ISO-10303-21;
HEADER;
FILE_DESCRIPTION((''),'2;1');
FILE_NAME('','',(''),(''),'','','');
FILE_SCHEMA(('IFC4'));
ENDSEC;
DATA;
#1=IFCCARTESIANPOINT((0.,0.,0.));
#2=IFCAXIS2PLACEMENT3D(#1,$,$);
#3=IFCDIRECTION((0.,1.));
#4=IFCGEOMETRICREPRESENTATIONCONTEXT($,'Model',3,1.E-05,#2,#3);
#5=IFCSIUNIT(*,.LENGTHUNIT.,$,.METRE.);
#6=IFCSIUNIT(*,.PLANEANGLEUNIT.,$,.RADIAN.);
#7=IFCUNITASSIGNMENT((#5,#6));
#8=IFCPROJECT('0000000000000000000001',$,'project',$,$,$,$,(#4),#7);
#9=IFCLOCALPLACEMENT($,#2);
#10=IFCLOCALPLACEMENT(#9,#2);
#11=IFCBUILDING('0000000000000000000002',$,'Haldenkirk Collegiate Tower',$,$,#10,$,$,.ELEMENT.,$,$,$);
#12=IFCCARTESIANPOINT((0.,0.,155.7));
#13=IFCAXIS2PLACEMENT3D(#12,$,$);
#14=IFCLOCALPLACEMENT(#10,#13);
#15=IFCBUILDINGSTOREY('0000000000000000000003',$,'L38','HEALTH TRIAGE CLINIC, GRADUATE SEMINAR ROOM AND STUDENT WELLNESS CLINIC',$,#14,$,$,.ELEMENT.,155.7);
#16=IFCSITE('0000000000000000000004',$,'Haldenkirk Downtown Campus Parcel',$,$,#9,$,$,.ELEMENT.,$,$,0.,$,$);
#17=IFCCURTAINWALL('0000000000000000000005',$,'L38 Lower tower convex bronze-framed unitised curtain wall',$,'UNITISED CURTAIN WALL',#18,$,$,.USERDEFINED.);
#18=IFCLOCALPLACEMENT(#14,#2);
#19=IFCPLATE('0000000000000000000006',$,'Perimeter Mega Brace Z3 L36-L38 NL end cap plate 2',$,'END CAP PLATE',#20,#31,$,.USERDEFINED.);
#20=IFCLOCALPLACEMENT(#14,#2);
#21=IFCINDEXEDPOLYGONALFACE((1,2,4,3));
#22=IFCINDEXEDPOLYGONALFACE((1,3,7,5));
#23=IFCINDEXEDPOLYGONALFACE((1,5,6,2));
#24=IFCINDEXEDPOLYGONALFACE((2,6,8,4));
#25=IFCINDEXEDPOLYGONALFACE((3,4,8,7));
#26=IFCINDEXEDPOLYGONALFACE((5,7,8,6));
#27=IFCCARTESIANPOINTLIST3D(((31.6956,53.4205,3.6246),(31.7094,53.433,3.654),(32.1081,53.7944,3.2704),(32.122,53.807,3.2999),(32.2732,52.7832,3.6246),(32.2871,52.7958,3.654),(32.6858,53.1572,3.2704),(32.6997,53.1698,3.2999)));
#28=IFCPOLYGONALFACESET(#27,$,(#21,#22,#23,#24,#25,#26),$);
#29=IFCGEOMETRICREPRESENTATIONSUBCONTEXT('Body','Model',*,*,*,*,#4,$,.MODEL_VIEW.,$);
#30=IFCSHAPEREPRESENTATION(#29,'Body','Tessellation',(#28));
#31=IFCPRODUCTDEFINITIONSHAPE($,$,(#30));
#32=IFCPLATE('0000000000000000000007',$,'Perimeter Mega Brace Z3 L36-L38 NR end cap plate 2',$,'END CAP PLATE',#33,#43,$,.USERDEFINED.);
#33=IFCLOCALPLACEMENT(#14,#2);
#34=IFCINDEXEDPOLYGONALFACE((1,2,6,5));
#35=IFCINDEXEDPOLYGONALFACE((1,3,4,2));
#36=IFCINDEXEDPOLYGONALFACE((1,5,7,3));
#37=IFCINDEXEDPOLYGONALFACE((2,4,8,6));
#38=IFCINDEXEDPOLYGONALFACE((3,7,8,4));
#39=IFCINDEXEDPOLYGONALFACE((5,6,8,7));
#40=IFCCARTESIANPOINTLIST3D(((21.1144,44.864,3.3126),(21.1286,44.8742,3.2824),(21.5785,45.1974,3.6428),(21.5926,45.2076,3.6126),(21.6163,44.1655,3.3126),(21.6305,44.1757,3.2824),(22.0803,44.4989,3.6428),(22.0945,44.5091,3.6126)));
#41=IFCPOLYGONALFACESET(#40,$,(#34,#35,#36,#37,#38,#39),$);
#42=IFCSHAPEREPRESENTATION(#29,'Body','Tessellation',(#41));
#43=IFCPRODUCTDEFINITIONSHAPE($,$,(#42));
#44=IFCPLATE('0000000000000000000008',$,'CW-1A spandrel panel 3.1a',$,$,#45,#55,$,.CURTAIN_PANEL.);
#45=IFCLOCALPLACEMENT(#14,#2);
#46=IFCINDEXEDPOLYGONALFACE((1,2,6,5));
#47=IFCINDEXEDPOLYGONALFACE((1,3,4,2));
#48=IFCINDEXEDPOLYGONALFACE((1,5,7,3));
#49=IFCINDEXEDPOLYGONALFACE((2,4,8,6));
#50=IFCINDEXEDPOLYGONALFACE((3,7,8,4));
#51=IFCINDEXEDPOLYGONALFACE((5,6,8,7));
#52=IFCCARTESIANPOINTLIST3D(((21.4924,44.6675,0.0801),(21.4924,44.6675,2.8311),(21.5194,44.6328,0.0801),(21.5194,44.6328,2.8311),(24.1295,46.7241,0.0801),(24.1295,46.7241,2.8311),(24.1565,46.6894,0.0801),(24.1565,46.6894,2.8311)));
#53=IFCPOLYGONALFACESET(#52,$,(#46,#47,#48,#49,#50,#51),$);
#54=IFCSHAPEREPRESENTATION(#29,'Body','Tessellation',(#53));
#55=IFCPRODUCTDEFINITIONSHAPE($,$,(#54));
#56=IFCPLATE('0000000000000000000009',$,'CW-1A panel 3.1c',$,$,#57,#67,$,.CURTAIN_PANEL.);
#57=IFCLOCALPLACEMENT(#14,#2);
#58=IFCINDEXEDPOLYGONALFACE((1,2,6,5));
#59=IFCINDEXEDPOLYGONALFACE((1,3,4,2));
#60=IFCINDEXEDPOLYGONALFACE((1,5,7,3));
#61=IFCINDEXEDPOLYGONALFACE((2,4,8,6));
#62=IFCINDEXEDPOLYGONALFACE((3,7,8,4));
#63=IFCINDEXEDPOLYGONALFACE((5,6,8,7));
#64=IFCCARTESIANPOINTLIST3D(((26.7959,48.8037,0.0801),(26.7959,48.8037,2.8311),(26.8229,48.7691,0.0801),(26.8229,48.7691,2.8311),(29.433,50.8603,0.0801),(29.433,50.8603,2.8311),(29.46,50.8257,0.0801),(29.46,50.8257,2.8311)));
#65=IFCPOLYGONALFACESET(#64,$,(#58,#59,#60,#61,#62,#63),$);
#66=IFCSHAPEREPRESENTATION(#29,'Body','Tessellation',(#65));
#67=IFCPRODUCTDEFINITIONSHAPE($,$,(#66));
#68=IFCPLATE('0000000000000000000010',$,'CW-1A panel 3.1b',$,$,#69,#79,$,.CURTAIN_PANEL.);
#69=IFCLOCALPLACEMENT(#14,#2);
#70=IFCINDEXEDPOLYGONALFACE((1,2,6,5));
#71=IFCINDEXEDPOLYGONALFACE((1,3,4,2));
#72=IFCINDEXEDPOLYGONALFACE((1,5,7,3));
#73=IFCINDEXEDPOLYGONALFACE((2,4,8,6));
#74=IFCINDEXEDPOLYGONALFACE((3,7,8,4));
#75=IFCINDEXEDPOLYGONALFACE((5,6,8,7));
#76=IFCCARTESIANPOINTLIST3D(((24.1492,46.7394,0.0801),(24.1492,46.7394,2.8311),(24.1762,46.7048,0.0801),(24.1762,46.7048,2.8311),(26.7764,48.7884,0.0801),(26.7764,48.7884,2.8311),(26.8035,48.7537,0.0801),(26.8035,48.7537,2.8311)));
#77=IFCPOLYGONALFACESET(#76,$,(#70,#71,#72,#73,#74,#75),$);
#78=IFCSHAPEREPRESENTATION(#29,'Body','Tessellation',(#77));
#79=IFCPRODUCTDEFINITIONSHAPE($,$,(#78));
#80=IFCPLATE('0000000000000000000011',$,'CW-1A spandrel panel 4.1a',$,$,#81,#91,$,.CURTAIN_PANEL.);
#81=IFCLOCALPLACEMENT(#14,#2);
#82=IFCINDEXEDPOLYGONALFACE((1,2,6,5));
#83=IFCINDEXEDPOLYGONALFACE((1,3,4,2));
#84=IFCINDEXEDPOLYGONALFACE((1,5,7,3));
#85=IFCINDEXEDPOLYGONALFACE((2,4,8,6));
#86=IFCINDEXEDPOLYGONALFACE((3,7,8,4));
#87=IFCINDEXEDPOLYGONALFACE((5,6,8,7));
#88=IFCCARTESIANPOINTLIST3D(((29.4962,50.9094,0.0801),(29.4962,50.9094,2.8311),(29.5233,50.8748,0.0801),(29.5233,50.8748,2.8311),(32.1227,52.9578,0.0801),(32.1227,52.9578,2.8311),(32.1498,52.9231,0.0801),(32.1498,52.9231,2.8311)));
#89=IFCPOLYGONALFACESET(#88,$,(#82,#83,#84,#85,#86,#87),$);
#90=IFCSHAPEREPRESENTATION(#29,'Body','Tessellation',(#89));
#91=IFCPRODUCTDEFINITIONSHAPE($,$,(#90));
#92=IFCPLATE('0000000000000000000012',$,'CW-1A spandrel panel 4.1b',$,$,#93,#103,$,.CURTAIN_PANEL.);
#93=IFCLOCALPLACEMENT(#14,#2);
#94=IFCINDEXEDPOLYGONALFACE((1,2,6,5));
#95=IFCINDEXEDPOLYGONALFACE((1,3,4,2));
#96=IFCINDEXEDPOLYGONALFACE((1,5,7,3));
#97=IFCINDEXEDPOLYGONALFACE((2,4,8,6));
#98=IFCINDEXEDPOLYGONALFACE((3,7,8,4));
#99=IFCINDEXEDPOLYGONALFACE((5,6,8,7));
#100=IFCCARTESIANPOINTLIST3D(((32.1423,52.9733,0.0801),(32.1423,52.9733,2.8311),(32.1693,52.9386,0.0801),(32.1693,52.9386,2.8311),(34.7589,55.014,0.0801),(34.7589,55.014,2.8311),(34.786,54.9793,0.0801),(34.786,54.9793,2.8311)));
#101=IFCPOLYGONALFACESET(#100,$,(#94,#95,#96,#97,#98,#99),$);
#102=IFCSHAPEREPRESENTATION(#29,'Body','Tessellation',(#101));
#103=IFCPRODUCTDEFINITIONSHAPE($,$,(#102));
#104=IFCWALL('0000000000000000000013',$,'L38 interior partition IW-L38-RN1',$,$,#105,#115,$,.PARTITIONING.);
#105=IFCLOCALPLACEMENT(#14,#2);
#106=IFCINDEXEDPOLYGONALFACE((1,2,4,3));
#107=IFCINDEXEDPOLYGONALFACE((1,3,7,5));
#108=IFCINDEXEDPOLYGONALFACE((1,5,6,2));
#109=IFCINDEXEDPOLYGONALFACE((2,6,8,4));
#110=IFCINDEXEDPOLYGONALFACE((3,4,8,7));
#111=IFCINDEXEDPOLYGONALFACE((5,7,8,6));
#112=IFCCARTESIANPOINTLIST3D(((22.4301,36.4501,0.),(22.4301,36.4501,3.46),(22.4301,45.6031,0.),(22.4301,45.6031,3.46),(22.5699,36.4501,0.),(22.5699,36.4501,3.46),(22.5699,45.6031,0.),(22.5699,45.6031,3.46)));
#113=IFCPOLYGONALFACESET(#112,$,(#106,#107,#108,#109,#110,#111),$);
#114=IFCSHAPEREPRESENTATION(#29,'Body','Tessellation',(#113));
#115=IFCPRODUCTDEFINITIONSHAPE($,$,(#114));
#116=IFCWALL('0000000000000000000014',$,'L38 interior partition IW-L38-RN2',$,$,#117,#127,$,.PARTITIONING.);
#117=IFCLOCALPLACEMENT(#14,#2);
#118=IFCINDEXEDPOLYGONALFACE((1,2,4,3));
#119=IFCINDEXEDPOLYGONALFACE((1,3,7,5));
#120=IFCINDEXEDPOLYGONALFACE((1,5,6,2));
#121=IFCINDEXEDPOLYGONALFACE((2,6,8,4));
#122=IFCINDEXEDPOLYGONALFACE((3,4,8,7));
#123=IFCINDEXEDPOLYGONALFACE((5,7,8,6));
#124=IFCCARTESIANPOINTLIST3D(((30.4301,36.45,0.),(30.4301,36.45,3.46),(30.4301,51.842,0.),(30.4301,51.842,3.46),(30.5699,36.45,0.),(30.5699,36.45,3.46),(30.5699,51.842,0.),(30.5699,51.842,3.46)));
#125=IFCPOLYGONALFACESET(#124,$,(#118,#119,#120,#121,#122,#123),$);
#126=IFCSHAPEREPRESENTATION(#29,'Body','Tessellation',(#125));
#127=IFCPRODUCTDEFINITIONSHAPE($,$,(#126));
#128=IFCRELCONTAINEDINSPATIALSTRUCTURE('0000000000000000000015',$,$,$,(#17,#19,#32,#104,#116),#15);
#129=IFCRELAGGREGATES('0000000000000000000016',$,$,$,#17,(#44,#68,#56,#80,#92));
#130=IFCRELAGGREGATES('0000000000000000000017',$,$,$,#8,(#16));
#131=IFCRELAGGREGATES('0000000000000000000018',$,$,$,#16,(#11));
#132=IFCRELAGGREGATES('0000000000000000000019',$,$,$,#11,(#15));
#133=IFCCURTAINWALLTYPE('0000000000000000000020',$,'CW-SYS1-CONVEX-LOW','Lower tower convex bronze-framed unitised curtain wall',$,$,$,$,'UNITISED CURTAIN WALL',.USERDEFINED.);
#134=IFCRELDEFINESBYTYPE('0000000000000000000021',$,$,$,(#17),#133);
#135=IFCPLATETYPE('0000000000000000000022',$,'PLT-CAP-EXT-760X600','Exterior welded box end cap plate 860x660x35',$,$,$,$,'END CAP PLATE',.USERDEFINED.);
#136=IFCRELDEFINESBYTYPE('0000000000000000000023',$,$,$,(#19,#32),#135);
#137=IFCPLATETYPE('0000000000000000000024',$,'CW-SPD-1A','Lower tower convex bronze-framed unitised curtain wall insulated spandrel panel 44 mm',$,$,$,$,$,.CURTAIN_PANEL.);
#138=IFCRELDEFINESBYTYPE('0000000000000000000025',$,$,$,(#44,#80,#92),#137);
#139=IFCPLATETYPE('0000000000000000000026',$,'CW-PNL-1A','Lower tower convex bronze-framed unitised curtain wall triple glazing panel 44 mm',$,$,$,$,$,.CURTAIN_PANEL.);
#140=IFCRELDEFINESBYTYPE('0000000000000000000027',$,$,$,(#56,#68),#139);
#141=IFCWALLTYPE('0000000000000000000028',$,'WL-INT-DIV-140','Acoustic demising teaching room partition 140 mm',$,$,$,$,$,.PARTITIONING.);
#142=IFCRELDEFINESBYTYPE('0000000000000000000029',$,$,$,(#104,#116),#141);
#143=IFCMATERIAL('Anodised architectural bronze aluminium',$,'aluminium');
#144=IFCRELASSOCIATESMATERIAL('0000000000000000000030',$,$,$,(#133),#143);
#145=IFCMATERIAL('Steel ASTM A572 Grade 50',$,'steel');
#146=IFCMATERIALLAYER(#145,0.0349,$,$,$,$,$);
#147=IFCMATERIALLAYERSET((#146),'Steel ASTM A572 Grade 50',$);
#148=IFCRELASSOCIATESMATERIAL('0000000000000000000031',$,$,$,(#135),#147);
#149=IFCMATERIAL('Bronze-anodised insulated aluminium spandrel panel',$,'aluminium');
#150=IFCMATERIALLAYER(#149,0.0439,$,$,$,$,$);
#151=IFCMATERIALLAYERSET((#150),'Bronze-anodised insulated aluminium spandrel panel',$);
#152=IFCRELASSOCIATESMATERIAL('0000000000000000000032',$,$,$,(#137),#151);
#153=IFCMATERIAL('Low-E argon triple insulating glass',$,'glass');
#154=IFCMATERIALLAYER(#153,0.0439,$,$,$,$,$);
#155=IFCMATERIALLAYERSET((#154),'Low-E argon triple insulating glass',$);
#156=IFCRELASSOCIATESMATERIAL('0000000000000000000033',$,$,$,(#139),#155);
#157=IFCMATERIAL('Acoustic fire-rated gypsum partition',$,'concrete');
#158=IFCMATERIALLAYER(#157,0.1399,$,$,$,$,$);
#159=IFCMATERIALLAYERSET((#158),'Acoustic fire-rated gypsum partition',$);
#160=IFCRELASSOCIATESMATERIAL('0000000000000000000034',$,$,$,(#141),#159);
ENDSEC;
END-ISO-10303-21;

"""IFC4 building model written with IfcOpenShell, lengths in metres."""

from ifc_helpers import new_model, si_unit, direction, frame, frame_2d, origin, origin_2d, place, context, subcontext, project, spatial, rectangle, extrude, source, transform, mapped, material, layer, layer_set, type_object, element, aggregate, save


model = new_model("IFC4")

# Units and contexts
model_context = context("Model", 3, precision=1e-05, world=origin(), true_north=direction((0.0, 1.0)))
body_context = subcontext(model_context, "Body", "Model", "MODEL_VIEW")
ifc_project = project(units=[si_unit("LENGTHUNIT", "METRE"), si_unit("PLANEANGLEUNIT", "RADIAN")], contexts=[model_context])

# Site, building, storey
site_placement = place(None, origin())
site = spatial("IfcSite", under=ifc_project, at=site_placement, Name="Haldenkirk Downtown Campus Parcel", CompositionType="ELEMENT", RefElevation=0.0)
building_placement = place(site_placement, origin())
building = spatial("IfcBuilding", under=site, at=building_placement, Name="Haldenkirk Collegiate Tower", CompositionType="ELEMENT")
storey_placement = place(building_placement, frame((0.0, 0.0, 155.7)))
storey = spatial("IfcBuildingStorey", under=building, at=storey_placement, Name="L38", Description="HEALTH TRIAGE CLINIC, GRADUATE SEMINAR ROOM AND STUDENT WELLNESS CLINIC", CompositionType="ELEMENT", Elevation=155.7)

# Curtain wall
ifc_material_1 = material(Name="Anodised architectural bronze aluminium", Category="aluminium")
curtain_wall_type = type_object("IfcCurtainWallType", Name="CW-SYS1-CONVEX-LOW", Description="Lower tower convex bronze-framed unitised curtain wall", ElementType="UNITISED CURTAIN WALL", PredefinedType="USERDEFINED", material=ifc_material_1)
curtain_wall_placement = place(storey_placement, origin())
curtain_wall = element("IfcCurtainWall", 1, at=curtain_wall_placement, inside=storey, type_object=curtain_wall_type, Name="L38 Lower tower convex bronze-framed unitised curtain wall", ObjectType="UNITISED CURTAIN WALL", PredefinedType="USERDEFINED")

# Plates
ifc_material_2 = material(Name="Steel ASTM A572 Grade 50", Category="steel")
ifc_layer_1 = layer(ifc_material_2, 0.0349)
ifc_layer_set_1 = layer_set([ifc_layer_1], Name="Steel ASTM A572 Grade 50")
plate_type_1 = type_object("IfcPlateType", Name="PLT-CAP-EXT-760X600", Description="Exterior welded box end cap plate 860x660x35", ElementType="END CAP PLATE", PredefinedType="USERDEFINED", material=ifc_layer_set_1)
shared_shape_1 = source(origin(), body_context, "Body", "SweptSolid", [
    extrude(rectangle(XDim=0.8601, YDim=0.6599, at=origin_2d()), origin(), (0.0, 0.0, 1.0), 0.0349),
])
for number, where, z_axis, x_axis, name in (
    (2, (32.1907, 53.2888, 3.4475), (0.397596, 0.360416, 0.843811), (-0.671616, 0.740899, 0.0), "Perimeter Mega Brace Z3 L36-L38 NL end cap plate 2"),
    (3, (21.6116, 44.6917, 3.4475), (-0.406378, -0.291978, 0.865798), (0.583496, -0.812116, 0.0), "Perimeter Mega Brace Z3 L36-L38 NR end cap plate 2"),
):
    element("IfcPlate", number, at=place(storey_placement, frame(where, z_axis=z_axis, x_axis=x_axis)), inside=storey, type_object=plate_type_1, Name=name, ObjectType="END CAP PLATE", PredefinedType="USERDEFINED", context=body_context, shape_type="MappedRepresentation", body=[
        mapped(shared_shape_1, transform((0.0, 0.0, 0.0), x_axis=(1.0, 0.0, 0.0), y_axis=(0.0, 1.0, 0.0), z_axis=(0.0, 0.0, 1.0), scale=1.0)),
    ])

# Plates
ifc_material_3 = material(Name="Bronze-anodised insulated aluminium spandrel panel", Category="aluminium")
ifc_layer_2 = layer(ifc_material_3, 0.0439)
ifc_layer_set_2 = layer_set([ifc_layer_2], Name="Bronze-anodised insulated aluminium spandrel panel")
plate_type_2 = type_object("IfcPlateType", Name="CW-SPD-1A", Description="Lower tower convex bronze-framed unitised curtain wall insulated spandrel panel 44 mm", PredefinedType="CURTAIN_PANEL", material=ifc_layer_set_2)
shared_shape_2 = source(origin(), body_context, "Body", "SweptSolid", [
    extrude(rectangle(XDim=3.3442, YDim=0.0439, at=origin_2d()), origin(), (0.0, 0.0, 1.0), 2.751),
])
plate_1_placement = place(storey_placement, frame((22.8245, 45.6785, 0.0801), z_axis=(0.0, 0.0, 1.0), x_axis=(0.788548, 0.614974, 0.0)))
plate_1 = element("IfcPlate", 4, at=plate_1_placement, type_object=plate_type_2, Name="CW-1A spandrel panel 3.1a", PredefinedType="CURTAIN_PANEL", context=body_context, shape_type="MappedRepresentation", body=[
    mapped(shared_shape_2, transform((0.0, 0.0, 0.0), x_axis=(1.0, 0.0, 0.0), y_axis=(0.0, 1.0, 0.0), z_axis=(0.0, 0.0, 1.0), scale=1.0)),
])
ifc_material_4 = material(Name="Low-E argon triple insulating glass", Category="glass")
ifc_layer_3 = layer(ifc_material_4, 0.0439)
ifc_layer_set_3 = layer_set([ifc_layer_3], Name="Low-E argon triple insulating glass")
plate_type_3 = type_object("IfcPlateType", Name="CW-PNL-1A", Description="Lower tower convex bronze-framed unitised curtain wall triple glazing panel 44 mm", PredefinedType="CURTAIN_PANEL", material=ifc_layer_set_3)
plate_2_placement = place(storey_placement, frame((28.1279, 49.8147, 0.0801), z_axis=(0.0, 0.0, 1.0), x_axis=(0.788548, 0.614974, 0.0)))
plate_2 = element("IfcPlate", 5, at=plate_2_placement, type_object=plate_type_3, Name="CW-1A panel 3.1c", PredefinedType="CURTAIN_PANEL", context=body_context, shape_type="MappedRepresentation", body=[
    mapped(shared_shape_2, transform((0.0, 0.0, 0.0), x_axis=(1.0, 0.0, 0.0), y_axis=(0.0, 1.0, 0.0), z_axis=(0.0, 0.0, 1.0), scale=1.0)),
])
shared_shape_3 = source(origin(), body_context, "Body", "SweptSolid", [
    extrude(rectangle(XDim=3.3318, YDim=0.0439, at=origin_2d()), origin(), (0.0, 0.0, 1.0), 2.751),
])
plate_3_placement = place(storey_placement, frame((25.4763, 47.7466, 0.0801), z_axis=(0.0, 0.0, 1.0), x_axis=(0.788548, 0.614974, 0.0)))
plate_3 = element("IfcPlate", 6, at=plate_3_placement, type_object=plate_type_3, Name="CW-1A panel 3.1b", PredefinedType="CURTAIN_PANEL", context=body_context, shape_type="MappedRepresentation", body=[
    mapped(shared_shape_3, transform((0.0, 0.0, 0.0), x_axis=(1.0, 0.0, 0.0), y_axis=(0.0, 1.0, 0.0), z_axis=(0.0, 0.0, 1.0), scale=1.0)),
])
shared_shape_4 = source(origin(), body_context, "Body", "SweptSolid", [
    extrude(rectangle(XDim=3.3308, YDim=0.0439, at=origin_2d()), origin(), (0.0, 0.0, 1.0), 2.751),
])
plate_4_placement = place(storey_placement, frame((30.823, 51.9163, 0.0801), z_axis=(0.0, 0.0, 1.0), x_axis=(0.788548, 0.614974, 0.0)))
plate_4 = element("IfcPlate", 7, at=plate_4_placement, type_object=plate_type_2, Name="CW-1A spandrel panel 4.1a", PredefinedType="CURTAIN_PANEL", context=body_context, shape_type="MappedRepresentation", body=[
    mapped(shared_shape_4, transform((0.0, 0.0, 0.0), x_axis=(1.0, 0.0, 0.0), y_axis=(0.0, 1.0, 0.0), z_axis=(0.0, 0.0, 1.0), scale=1.0)),
])
shared_shape_5 = source(origin(), body_context, "Body", "SweptSolid", [
    extrude(rectangle(XDim=3.3184, YDim=0.0439, at=origin_2d()), origin(), (0.0, 0.0, 1.0), 2.751),
])
plate_5_placement = place(storey_placement, frame((33.4641, 53.9763, 0.0801), z_axis=(0.0, 0.0, 1.0), x_axis=(0.788548, 0.614974, 0.0)))
plate_5 = element("IfcPlate", 8, at=plate_5_placement, type_object=plate_type_2, Name="CW-1A spandrel panel 4.1b", PredefinedType="CURTAIN_PANEL", context=body_context, shape_type="MappedRepresentation", body=[
    mapped(shared_shape_5, transform((0.0, 0.0, 0.0), x_axis=(1.0, 0.0, 0.0), y_axis=(0.0, 1.0, 0.0), z_axis=(0.0, 0.0, 1.0), scale=1.0)),
])
aggregate(curtain_wall, [plate_1, plate_3, plate_2, plate_4, plate_5])

# Walls
ifc_material_5 = material(Name="Acoustic fire-rated gypsum partition", Category="concrete")
ifc_layer_4 = layer(ifc_material_5, 0.1399)
ifc_layer_set_4 = layer_set([ifc_layer_4], Name="Acoustic fire-rated gypsum partition")
wall_type_1 = type_object("IfcWallType", Name="WL-INT-DIV-140", Description="Acoustic demising teaching room partition 140 mm", PredefinedType="PARTITIONING", material=ifc_layer_set_4)
wall_1_placement = place(storey_placement, frame((22.5, 36.45, 0.0), z_axis=(0.0, 0.0, 1.0), x_axis=(0.0, 1.0, 0.0)))
element("IfcWall", 9, at=wall_1_placement, inside=storey, type_object=wall_type_1, Name="L38 interior partition IW-L38-RN1", PredefinedType="PARTITIONING", context=body_context, shape_type="SweptSolid", body=[
    extrude(rectangle(XDim=9.1531, YDim=0.1399, at=frame_2d((4.5767, 0.0))), origin(), (0.0, 0.0, 1.0), 3.46),
])
wall_2_placement = place(storey_placement, frame((30.5, 36.45, 0.0), z_axis=(0.0, 0.0, 1.0), x_axis=(0.0, 1.0, 0.0)))
element("IfcWall", 10, at=wall_2_placement, inside=storey, type_object=wall_type_1, Name="L38 interior partition IW-L38-RN2", PredefinedType="PARTITIONING", context=body_context, shape_type="SweptSolid", body=[
    extrude(rectangle(XDim=15.3921, YDim=0.1399, at=frame_2d((7.696, 0.0))), origin(), (0.0, 0.0, 1.0), 3.46),
])

save(model, "model.ifc")
